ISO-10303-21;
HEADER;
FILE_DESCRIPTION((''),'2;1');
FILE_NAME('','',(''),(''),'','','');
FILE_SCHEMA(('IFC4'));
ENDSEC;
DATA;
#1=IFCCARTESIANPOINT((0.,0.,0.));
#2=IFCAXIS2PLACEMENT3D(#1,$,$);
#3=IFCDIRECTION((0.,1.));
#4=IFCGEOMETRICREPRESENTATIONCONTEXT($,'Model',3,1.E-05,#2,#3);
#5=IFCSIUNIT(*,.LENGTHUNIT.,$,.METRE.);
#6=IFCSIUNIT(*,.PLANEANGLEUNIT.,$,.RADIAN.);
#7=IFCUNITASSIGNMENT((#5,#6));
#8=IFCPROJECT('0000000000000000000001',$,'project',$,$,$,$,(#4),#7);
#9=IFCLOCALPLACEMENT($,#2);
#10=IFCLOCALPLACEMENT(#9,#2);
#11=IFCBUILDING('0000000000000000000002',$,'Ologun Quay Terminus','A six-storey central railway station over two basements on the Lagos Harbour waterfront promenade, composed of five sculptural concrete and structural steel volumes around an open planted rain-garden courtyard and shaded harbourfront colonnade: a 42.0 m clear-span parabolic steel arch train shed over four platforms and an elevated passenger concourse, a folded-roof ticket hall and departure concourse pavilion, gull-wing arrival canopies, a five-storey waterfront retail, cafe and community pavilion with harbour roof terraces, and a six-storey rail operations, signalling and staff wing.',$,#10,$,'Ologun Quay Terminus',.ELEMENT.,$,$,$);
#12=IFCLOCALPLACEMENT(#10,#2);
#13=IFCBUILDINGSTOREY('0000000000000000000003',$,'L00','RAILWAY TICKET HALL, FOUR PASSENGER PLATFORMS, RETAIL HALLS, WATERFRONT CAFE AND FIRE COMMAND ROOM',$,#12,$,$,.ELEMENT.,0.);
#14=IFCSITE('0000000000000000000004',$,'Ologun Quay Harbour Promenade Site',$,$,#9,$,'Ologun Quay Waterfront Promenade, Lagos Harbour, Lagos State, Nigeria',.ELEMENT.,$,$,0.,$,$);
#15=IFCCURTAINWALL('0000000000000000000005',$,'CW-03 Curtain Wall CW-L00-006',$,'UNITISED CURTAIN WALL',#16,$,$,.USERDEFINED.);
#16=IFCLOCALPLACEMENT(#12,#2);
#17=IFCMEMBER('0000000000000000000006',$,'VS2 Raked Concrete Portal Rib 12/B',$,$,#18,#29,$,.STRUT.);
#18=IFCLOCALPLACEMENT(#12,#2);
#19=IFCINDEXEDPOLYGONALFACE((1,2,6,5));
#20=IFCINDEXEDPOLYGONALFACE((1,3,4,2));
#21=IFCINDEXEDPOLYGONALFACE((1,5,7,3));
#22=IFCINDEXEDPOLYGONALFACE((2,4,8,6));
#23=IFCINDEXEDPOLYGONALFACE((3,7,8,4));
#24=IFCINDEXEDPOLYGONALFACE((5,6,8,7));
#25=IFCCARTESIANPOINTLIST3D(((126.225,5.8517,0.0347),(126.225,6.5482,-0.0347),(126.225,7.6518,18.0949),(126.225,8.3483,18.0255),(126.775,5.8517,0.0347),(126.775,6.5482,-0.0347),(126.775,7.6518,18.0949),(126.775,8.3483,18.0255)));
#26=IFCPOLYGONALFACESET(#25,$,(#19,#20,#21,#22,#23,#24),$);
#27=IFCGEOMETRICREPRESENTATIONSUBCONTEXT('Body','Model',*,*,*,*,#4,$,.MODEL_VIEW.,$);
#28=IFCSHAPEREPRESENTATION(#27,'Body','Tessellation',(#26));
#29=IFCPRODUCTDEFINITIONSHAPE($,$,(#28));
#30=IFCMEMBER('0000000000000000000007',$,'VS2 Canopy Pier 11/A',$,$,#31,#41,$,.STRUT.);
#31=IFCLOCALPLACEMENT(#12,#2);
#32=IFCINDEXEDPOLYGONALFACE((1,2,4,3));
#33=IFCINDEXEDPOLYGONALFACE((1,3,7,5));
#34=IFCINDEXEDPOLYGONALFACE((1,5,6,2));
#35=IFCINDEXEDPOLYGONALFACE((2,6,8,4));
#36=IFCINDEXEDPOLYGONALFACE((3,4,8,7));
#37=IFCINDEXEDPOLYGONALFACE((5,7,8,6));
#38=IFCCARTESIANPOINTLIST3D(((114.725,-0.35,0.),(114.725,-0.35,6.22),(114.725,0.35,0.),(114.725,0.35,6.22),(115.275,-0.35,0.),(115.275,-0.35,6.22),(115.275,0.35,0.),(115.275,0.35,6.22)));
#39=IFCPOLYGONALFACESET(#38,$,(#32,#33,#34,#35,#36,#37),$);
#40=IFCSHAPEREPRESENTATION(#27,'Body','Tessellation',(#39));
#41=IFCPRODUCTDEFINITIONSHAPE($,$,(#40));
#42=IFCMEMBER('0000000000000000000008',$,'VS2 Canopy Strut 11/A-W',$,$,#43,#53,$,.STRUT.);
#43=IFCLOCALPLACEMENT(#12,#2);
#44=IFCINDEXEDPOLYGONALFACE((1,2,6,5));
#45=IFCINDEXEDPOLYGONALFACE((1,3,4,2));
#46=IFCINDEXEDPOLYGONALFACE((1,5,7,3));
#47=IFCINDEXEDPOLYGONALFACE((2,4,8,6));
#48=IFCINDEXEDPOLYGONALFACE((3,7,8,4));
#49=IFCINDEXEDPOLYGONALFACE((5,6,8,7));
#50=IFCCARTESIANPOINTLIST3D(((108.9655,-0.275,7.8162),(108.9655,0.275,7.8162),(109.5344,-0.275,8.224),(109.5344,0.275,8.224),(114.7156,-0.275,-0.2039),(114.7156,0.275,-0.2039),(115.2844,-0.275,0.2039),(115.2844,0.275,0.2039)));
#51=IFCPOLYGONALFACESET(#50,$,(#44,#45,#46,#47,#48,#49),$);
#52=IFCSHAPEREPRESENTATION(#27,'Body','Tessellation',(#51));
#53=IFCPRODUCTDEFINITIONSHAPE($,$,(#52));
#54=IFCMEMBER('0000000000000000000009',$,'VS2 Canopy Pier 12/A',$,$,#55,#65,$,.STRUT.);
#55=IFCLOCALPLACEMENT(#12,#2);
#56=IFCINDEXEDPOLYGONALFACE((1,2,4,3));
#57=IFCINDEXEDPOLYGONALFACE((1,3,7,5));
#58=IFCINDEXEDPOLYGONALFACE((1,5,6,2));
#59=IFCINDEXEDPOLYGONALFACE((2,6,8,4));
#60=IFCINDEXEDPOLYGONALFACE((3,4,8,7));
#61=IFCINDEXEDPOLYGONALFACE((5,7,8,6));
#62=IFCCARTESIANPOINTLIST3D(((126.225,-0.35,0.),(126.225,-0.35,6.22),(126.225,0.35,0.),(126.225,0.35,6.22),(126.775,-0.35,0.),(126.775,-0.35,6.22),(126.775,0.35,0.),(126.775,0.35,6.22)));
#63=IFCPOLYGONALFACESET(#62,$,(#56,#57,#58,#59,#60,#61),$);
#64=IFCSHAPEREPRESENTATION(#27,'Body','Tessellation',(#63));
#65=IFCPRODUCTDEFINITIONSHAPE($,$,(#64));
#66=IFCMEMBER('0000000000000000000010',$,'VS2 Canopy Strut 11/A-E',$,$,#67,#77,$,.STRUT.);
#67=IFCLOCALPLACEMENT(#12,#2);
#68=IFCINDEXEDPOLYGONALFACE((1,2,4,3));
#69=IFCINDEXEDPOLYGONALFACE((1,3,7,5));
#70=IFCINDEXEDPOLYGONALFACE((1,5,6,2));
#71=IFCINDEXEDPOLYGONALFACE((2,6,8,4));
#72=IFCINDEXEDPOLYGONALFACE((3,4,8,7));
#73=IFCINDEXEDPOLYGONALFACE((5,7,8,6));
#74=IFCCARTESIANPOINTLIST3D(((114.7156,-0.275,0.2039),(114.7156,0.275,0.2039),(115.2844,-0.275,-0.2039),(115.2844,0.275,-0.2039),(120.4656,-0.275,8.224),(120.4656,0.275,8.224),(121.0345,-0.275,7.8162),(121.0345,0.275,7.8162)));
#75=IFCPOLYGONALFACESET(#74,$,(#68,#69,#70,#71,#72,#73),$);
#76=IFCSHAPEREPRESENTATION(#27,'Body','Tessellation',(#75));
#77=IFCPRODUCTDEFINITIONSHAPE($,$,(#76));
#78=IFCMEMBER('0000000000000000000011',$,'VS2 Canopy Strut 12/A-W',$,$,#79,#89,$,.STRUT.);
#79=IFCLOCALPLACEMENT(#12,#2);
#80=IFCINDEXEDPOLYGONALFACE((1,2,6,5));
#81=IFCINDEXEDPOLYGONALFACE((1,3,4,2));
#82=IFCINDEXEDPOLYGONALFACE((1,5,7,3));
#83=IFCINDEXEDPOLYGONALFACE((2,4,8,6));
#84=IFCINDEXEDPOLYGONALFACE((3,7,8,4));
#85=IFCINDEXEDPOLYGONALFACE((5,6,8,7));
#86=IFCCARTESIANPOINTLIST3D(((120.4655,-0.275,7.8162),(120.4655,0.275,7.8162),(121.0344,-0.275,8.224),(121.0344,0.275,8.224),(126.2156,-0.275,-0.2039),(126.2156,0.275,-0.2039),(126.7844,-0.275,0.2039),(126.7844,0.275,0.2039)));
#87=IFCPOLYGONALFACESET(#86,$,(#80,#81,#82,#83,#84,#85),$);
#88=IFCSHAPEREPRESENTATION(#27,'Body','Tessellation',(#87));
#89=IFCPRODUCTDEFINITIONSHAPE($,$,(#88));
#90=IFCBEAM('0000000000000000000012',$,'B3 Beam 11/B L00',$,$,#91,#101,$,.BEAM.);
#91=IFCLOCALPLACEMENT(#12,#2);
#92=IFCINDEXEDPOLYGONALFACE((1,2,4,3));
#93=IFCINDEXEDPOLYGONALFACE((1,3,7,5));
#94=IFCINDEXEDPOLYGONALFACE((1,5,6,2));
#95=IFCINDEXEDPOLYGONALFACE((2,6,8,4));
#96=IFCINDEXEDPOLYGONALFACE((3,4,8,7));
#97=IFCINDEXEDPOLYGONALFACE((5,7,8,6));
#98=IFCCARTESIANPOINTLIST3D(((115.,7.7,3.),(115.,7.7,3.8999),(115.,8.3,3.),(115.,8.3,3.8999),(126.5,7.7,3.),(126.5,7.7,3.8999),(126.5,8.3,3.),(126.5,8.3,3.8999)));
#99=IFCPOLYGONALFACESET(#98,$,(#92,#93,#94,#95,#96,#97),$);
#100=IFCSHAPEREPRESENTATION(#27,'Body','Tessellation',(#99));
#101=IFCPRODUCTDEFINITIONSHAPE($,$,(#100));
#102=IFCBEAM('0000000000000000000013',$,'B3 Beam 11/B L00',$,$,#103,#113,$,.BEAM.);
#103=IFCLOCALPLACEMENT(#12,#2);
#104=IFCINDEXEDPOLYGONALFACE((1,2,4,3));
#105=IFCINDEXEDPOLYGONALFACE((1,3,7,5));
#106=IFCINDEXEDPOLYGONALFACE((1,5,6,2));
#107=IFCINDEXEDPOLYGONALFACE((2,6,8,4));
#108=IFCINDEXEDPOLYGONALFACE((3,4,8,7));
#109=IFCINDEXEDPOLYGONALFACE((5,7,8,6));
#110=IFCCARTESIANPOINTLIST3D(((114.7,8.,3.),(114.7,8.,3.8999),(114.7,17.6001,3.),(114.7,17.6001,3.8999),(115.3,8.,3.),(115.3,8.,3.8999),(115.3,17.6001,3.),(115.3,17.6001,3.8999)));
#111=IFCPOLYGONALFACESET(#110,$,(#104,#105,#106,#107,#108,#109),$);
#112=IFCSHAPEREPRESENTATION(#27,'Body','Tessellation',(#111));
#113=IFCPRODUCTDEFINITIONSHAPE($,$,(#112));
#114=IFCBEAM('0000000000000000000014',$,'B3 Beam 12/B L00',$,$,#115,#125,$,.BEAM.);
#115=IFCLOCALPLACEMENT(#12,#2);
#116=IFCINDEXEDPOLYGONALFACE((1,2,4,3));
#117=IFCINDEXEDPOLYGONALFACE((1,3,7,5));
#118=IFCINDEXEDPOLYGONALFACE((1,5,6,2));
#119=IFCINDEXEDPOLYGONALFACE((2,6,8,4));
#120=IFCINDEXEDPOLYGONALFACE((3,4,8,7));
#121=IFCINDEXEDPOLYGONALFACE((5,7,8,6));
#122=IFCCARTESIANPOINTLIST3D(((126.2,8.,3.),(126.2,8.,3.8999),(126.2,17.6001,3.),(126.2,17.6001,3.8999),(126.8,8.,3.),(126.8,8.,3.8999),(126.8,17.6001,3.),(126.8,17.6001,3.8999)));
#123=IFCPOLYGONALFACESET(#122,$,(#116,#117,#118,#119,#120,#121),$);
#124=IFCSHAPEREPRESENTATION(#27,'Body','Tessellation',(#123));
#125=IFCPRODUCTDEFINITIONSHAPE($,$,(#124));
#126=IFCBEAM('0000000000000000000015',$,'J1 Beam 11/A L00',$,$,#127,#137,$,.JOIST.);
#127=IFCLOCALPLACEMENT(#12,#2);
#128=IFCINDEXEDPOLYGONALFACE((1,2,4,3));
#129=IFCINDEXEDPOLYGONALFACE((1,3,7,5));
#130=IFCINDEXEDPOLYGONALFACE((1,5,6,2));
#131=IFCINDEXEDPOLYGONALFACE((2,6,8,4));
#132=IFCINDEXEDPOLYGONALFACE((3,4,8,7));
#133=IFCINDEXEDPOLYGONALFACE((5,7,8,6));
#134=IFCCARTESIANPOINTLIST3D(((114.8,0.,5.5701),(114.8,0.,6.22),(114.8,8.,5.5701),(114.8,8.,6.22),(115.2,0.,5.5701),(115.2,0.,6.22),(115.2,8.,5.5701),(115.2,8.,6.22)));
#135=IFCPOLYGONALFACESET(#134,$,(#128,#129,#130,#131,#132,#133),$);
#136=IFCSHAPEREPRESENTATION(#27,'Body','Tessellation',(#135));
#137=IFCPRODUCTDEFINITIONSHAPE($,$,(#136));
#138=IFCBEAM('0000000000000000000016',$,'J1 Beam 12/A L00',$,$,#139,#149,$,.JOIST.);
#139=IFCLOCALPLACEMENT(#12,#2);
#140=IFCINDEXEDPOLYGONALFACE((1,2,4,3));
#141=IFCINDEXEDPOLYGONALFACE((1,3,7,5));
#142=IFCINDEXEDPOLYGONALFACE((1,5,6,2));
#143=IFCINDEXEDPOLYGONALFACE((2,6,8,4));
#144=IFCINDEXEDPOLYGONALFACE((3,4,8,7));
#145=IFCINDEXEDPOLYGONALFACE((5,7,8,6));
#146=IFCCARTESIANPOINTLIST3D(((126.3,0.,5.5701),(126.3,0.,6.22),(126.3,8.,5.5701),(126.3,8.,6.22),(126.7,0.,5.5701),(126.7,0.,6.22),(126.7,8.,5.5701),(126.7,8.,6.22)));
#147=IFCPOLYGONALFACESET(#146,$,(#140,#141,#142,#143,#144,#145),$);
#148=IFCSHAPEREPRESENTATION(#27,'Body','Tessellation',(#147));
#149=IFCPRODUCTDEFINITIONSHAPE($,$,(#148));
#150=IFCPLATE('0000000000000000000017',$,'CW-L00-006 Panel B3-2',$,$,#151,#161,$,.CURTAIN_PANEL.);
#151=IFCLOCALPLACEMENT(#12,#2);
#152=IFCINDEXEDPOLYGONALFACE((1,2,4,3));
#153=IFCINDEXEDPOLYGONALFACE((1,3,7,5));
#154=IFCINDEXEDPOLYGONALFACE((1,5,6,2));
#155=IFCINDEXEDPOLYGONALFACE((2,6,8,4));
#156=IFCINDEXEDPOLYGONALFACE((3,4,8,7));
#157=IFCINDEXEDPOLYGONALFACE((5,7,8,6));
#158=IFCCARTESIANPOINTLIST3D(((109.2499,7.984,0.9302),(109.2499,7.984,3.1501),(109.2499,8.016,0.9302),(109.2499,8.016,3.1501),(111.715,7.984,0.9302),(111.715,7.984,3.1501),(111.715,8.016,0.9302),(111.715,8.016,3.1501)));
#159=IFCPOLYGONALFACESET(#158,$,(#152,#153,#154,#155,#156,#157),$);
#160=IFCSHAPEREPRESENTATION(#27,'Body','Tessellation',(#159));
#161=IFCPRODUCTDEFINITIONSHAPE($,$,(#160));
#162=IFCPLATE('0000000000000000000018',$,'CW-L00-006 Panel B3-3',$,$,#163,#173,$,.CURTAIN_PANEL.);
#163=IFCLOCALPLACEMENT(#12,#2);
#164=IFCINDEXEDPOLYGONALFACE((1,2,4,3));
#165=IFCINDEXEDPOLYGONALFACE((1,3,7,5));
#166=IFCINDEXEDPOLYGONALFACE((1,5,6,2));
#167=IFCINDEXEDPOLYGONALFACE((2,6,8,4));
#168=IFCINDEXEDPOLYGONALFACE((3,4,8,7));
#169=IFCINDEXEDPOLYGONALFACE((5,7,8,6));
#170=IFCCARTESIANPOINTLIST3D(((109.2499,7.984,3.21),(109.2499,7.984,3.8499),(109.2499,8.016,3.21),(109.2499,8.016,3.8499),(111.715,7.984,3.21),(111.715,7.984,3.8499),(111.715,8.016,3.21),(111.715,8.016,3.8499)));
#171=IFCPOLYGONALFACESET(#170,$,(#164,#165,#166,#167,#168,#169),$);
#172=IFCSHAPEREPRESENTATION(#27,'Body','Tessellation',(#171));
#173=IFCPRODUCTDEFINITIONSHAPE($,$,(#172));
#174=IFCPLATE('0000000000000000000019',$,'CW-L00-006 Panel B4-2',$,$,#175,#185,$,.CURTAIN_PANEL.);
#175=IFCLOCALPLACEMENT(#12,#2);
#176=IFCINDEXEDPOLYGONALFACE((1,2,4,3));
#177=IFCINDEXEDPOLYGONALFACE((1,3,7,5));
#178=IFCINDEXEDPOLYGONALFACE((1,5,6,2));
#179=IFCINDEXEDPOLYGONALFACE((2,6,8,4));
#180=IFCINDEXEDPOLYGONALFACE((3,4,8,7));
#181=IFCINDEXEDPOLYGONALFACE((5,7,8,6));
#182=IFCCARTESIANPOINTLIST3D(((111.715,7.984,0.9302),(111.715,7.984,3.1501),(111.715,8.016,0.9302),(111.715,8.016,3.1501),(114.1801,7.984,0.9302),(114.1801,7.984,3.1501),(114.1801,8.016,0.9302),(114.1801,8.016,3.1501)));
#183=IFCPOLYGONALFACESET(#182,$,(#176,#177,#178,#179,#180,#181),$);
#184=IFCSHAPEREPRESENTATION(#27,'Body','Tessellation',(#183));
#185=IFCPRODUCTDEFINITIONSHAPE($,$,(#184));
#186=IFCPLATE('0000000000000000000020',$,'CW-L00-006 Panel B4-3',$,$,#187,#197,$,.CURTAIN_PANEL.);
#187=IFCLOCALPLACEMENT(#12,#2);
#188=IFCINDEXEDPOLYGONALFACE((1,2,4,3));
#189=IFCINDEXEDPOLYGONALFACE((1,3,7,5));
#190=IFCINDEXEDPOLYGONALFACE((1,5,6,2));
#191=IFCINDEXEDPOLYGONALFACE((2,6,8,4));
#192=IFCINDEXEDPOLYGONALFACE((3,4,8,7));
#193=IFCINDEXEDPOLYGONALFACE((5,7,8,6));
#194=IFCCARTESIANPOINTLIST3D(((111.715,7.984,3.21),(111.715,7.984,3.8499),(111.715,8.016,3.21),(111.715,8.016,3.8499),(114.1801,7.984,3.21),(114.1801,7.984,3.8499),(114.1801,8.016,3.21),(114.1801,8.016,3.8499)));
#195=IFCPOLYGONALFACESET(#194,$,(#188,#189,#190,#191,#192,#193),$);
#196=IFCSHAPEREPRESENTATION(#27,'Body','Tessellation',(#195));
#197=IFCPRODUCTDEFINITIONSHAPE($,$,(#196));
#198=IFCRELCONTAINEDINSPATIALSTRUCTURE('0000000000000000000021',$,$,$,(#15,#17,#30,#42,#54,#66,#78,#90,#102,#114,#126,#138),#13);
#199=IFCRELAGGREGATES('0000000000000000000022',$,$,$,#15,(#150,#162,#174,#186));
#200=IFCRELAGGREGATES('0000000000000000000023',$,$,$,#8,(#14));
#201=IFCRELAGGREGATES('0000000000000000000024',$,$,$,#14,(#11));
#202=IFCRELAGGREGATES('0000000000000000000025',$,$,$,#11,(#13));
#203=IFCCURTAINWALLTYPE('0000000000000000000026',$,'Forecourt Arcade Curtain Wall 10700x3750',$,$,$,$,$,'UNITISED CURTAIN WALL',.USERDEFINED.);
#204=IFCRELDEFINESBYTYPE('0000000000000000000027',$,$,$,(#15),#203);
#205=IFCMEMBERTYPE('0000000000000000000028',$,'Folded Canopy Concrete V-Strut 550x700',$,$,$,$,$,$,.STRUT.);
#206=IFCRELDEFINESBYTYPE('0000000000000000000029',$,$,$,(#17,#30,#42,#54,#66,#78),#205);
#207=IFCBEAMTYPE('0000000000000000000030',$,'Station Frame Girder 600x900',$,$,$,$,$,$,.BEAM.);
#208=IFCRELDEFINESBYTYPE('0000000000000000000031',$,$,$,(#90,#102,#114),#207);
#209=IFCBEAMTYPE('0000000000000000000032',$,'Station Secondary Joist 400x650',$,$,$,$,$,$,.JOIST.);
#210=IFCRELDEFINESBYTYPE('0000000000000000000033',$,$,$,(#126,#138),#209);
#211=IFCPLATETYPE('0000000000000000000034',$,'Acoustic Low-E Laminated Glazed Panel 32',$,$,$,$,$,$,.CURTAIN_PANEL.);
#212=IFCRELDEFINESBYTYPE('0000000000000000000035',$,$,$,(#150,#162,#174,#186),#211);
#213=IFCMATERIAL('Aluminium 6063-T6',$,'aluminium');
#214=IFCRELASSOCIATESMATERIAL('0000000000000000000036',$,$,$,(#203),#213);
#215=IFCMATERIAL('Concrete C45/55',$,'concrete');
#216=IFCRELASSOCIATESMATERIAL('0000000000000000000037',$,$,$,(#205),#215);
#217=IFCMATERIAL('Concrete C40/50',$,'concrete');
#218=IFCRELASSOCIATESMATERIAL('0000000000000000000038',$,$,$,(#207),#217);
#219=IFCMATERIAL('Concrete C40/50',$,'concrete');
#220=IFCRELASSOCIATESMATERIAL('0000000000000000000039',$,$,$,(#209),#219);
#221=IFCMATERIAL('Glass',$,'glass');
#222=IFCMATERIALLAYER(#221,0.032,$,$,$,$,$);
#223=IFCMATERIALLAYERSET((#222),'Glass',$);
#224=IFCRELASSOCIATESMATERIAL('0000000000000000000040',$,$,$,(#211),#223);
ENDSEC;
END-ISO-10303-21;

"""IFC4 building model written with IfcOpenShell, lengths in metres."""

from ifc_helpers import new_model, si_unit, direction, frame, origin, origin_2d, place, context, subcontext, project, spatial, rectangle, extrude, material, layer, layer_set, material_profile, profile_set, type_object, element, aggregate, save


model = new_model("IFC4")

# Units and contexts
model_context = context("Model", 3, precision=1e-05, world=origin(), true_north=direction((0.0, 1.0)))
body_context = subcontext(model_context, "Body", "Model", "MODEL_VIEW")
ifc_project = project(units=[si_unit("LENGTHUNIT", "METRE"), si_unit("PLANEANGLEUNIT", "RADIAN")], contexts=[model_context])

# Site, building, storey
site_placement = place(None, origin())
site = spatial("IfcSite", under=ifc_project, at=site_placement, Name="Ologun Quay Harbour Promenade Site", LongName="Ologun Quay Waterfront Promenade, Lagos Harbour, Lagos State, Nigeria", CompositionType="ELEMENT", RefElevation=0.0)
building_placement = place(site_placement, origin())
building = spatial("IfcBuilding", under=site, at=building_placement, Name="Ologun Quay Terminus", Description="A six-storey central railway station over two basements on the Lagos Harbour waterfront promenade, composed of five sculptural concrete and structural steel volumes around an open planted rain-garden courtyard and shaded harbourfront colonnade: a 42.0 m clear-span parabolic steel arch train shed over four platforms and an elevated passenger concourse, a folded-roof ticket hall and departure concourse pavilion, gull-wing arrival canopies, a five-storey waterfront retail, cafe and community pavilion with harbour roof terraces, and a six-storey rail operations, signalling and staff wing.", LongName="Ologun Quay Terminus", CompositionType="ELEMENT")
storey_placement = place(building_placement, origin())
storey = spatial("IfcBuildingStorey", under=building, at=storey_placement, Name="L00", Description="RAILWAY TICKET HALL, FOUR PASSENGER PLATFORMS, RETAIL HALLS, WATERFRONT CAFE AND FIRE COMMAND ROOM", CompositionType="ELEMENT", Elevation=0.0)

# Curtain wall
ifc_material_1 = material(Name="Aluminium 6063-T6", Category="aluminium")
curtain_wall_type = type_object("IfcCurtainWallType", Name="Forecourt Arcade Curtain Wall 10700x3750", ElementType="UNITISED CURTAIN WALL", PredefinedType="USERDEFINED", material=ifc_material_1)
curtain_wall_placement = place(storey_placement, origin())
curtain_wall = element("IfcCurtainWall", 1, at=curtain_wall_placement, inside=storey, type_object=curtain_wall_type, Name="CW-03 Curtain Wall CW-L00-006", ObjectType="UNITISED CURTAIN WALL", PredefinedType="USERDEFINED")

# Members
ifc_material_2 = material(Name="Concrete C45/55", Category="concrete")
ifc_material_profile_1 = material_profile(ifc_material_2, rectangle(XDim=0.55, YDim=0.7, at=origin_2d()), Name="RC 550x700")
ifc_profile_set_1 = profile_set([ifc_material_profile_1], Name="Concrete C45/55")
member_type_1 = type_object("IfcMemberType", Name="Folded Canopy Concrete V-Strut 550x700", PredefinedType="STRUT", material=ifc_profile_set_1)
for number, where, z_axis, x_axis, name in (
    (2, (126.5, 6.2, 0.0), (0.0, 0.099179, 0.99507), (-1.0, 0.0, 0.0), "VS2 Raked Concrete Portal Rib 12/B"),
):
    element("IfcMember", number, at=place(storey_placement, frame(where, z_axis=z_axis, x_axis=x_axis)), inside=storey, type_object=member_type_1, Name=name, PredefinedType="STRUT", context=body_context, shape_type="SweptSolid", body=[
        extrude(rectangle(XDim=0.55, YDim=0.7, at=origin_2d()), origin(), (0.0, 0.0, 1.0), 18.1497),
    ])
member_1_placement = place(storey_placement, frame((115.0, 0.0, 0.0), z_axis=(0.0, 0.0, 1.0), x_axis=(1.0, 0.0, 0.0)))
element("IfcMember", 3, at=member_1_placement, inside=storey, type_object=member_type_1, Name="VS2 Canopy Pier 11/A", PredefinedType="STRUT", context=body_context, shape_type="SweptSolid", body=[
    extrude(rectangle(XDim=0.55, YDim=0.7, at=origin_2d()), origin(), (0.0, 0.0, 1.0), 6.22),
])
member_2_placement = place(storey_placement, frame((115.0, 0.0, 0.0), z_axis=(-0.582674, 0.0, 0.812706), x_axis=(0.0, -1.0, 0.0)))
element("IfcMember", 4, at=member_2_placement, inside=storey, type_object=member_type_1, Name="VS2 Canopy Strut 11/A-W", PredefinedType="STRUT", context=body_context, shape_type="SweptSolid", body=[
    extrude(rectangle(XDim=0.55, YDim=0.7, at=origin_2d()), origin(), (0.0, 0.0, 1.0), 9.8684),
])
member_3_placement = place(storey_placement, frame((126.5, 0.0, 0.0), z_axis=(0.0, 0.0, 1.0), x_axis=(1.0, 0.0, 0.0)))
element("IfcMember", 5, at=member_3_placement, inside=storey, type_object=member_type_1, Name="VS2 Canopy Pier 12/A", PredefinedType="STRUT", context=body_context, shape_type="SweptSolid", body=[
    extrude(rectangle(XDim=0.55, YDim=0.7, at=origin_2d()), origin(), (0.0, 0.0, 1.0), 6.22),
])
for number, where, z_axis, x_axis, name in (
    (6, (115.0, 0.0, 0.0), (0.582674, 0.0, 0.812706), (0.0, 1.0, 0.0), "VS2 Canopy Strut 11/A-E"),
    (7, (126.5, 0.0, 0.0), (-0.582674, 0.0, 0.812706), (0.0, -1.0, 0.0), "VS2 Canopy Strut 12/A-W"),
):
    element("IfcMember", number, at=place(storey_placement, frame(where, z_axis=z_axis, x_axis=x_axis)), inside=storey, type_object=member_type_1, Name=name, PredefinedType="STRUT", context=body_context, shape_type="SweptSolid", body=[
        extrude(rectangle(XDim=0.55, YDim=0.7, at=origin_2d()), origin(), (0.0, 0.0, 1.0), 9.8684),
    ])

# Beams
ifc_material_3 = material(Name="Concrete C40/50", Category="concrete")
ifc_material_profile_2 = material_profile(ifc_material_3, rectangle(XDim=0.6001, YDim=0.8999, at=origin_2d()), Name="RC 600x900")
ifc_profile_set_2 = profile_set([ifc_material_profile_2], Name="Concrete C40/50")
beam_type_1 = type_object("IfcBeamType", Name="Station Frame Girder 600x900", PredefinedType="BEAM", material=ifc_profile_set_2)
beam_placement = place(storey_placement, frame((115.0, 8.0, 3.45), z_axis=(1.0, 0.0, 0.0), x_axis=(0.0, 1.0, 0.0)))
element("IfcBeam", 8, at=beam_placement, inside=storey, type_object=beam_type_1, Name="B3 Beam 11/B L00", PredefinedType="BEAM", context=body_context, shape_type="SweptSolid", body=[
    extrude(rectangle(XDim=0.6001, YDim=0.8999, at=origin_2d()), origin(), (0.0, 0.0, 1.0), 11.5),
])
for number, where, z_axis, x_axis, name in (
    (9, (115.0, 8.0, 3.45), (0.0, 1.0, 0.0), (-1.0, 0.0, 0.0), "B3 Beam 11/B L00"),
    (10, (126.5, 8.0, 3.45), (0.0, 1.0, 0.0), (-1.0, 0.0, 0.0), "B3 Beam 12/B L00"),
):
    element("IfcBeam", number, at=place(storey_placement, frame(where, z_axis=z_axis, x_axis=x_axis)), inside=storey, type_object=beam_type_1, Name=name, PredefinedType="BEAM", context=body_context, shape_type="SweptSolid", body=[
        extrude(rectangle(XDim=0.6001, YDim=0.8999, at=origin_2d()), origin(), (0.0, 0.0, 1.0), 9.6001),
    ])
ifc_material_4 = material(Name="Concrete C40/50", Category="concrete")
ifc_material_profile_3 = material_profile(ifc_material_4, rectangle(XDim=0.3999, YDim=0.6499, at=origin_2d()), Name="RC 400x650")
ifc_profile_set_3 = profile_set([ifc_material_profile_3], Name="Concrete C40/50")
beam_type_2 = type_object("IfcBeamType", Name="Station Secondary Joist 400x650", PredefinedType="JOIST", material=ifc_profile_set_3)
for number, where, z_axis, x_axis, name in (
    (11, (115.0, 0.0, 5.895), (0.0, 1.0, 0.0), (-1.0, 0.0, 0.0), "J1 Beam 11/A L00"),
    (12, (126.5, 0.0, 5.895), (0.0, 1.0, 0.0), (-1.0, 0.0, 0.0), "J1 Beam 12/A L00"),
):
    element("IfcBeam", number, at=place(storey_placement, frame(where, z_axis=z_axis, x_axis=x_axis)), inside=storey, type_object=beam_type_2, Name=name, PredefinedType="JOIST", context=body_context, shape_type="SweptSolid", body=[
        extrude(rectangle(XDim=0.3999, YDim=0.6499, at=origin_2d()), origin(), (0.0, 0.0, 1.0), 8.0),
    ])

# Plates
ifc_material_5 = material(Name="Glass", Category="glass")
ifc_layer_1 = layer(ifc_material_5, 0.032)
ifc_layer_set_1 = layer_set([ifc_layer_1], Name="Glass")
plate_type_1 = type_object("IfcPlateType", Name="Acoustic Low-E Laminated Glazed Panel 32", PredefinedType="CURTAIN_PANEL", material=ifc_layer_set_1)
plate_1_placement = place(storey_placement, frame((110.4824, 8.0, 0.9302), z_axis=(0.0, 0.0, 1.0), x_axis=(1.0, 0.0, 0.0)))
plate_1 = element("IfcPlate", 13, at=plate_1_placement, type_object=plate_type_1, Name="CW-L00-006 Panel B3-2", PredefinedType="CURTAIN_PANEL", context=body_context, shape_type="SweptSolid", body=[
    extrude(rectangle(XDim=2.4651, YDim=0.032, at=origin_2d()), origin(), (0.0, 0.0, 1.0), 2.22),
])
plate_2_placement = place(storey_placement, frame((110.4824, 8.0, 3.21), z_axis=(0.0, 0.0, 1.0), x_axis=(1.0, 0.0, 0.0)))
plate_2 = element("IfcPlate", 14, at=plate_2_placement, type_object=plate_type_1, Name="CW-L00-006 Panel B3-3", PredefinedType="CURTAIN_PANEL", context=body_context, shape_type="SweptSolid", body=[
    extrude(rectangle(XDim=2.4651, YDim=0.032, at=origin_2d()), origin(), (0.0, 0.0, 1.0), 0.6399),
])
plate_3_placement = place(storey_placement, frame((112.9475, 8.0, 0.9302), z_axis=(0.0, 0.0, 1.0), x_axis=(1.0, 0.0, 0.0)))
plate_3 = element("IfcPlate", 15, at=plate_3_placement, type_object=plate_type_1, Name="CW-L00-006 Panel B4-2", PredefinedType="CURTAIN_PANEL", context=body_context, shape_type="SweptSolid", body=[
    extrude(rectangle(XDim=2.4651, YDim=0.032, at=origin_2d()), origin(), (0.0, 0.0, 1.0), 2.22),
])
plate_4_placement = place(storey_placement, frame((112.9475, 8.0, 3.21), z_axis=(0.0, 0.0, 1.0), x_axis=(1.0, 0.0, 0.0)))
plate_4 = element("IfcPlate", 16, at=plate_4_placement, type_object=plate_type_1, Name="CW-L00-006 Panel B4-3", PredefinedType="CURTAIN_PANEL", context=body_context, shape_type="SweptSolid", body=[
    extrude(rectangle(XDim=2.4651, YDim=0.032, at=origin_2d()), origin(), (0.0, 0.0, 1.0), 0.6399),
])
aggregate(curtain_wall, [plate_1, plate_2, plate_3, plate_4])

save(model, "model.ifc")
